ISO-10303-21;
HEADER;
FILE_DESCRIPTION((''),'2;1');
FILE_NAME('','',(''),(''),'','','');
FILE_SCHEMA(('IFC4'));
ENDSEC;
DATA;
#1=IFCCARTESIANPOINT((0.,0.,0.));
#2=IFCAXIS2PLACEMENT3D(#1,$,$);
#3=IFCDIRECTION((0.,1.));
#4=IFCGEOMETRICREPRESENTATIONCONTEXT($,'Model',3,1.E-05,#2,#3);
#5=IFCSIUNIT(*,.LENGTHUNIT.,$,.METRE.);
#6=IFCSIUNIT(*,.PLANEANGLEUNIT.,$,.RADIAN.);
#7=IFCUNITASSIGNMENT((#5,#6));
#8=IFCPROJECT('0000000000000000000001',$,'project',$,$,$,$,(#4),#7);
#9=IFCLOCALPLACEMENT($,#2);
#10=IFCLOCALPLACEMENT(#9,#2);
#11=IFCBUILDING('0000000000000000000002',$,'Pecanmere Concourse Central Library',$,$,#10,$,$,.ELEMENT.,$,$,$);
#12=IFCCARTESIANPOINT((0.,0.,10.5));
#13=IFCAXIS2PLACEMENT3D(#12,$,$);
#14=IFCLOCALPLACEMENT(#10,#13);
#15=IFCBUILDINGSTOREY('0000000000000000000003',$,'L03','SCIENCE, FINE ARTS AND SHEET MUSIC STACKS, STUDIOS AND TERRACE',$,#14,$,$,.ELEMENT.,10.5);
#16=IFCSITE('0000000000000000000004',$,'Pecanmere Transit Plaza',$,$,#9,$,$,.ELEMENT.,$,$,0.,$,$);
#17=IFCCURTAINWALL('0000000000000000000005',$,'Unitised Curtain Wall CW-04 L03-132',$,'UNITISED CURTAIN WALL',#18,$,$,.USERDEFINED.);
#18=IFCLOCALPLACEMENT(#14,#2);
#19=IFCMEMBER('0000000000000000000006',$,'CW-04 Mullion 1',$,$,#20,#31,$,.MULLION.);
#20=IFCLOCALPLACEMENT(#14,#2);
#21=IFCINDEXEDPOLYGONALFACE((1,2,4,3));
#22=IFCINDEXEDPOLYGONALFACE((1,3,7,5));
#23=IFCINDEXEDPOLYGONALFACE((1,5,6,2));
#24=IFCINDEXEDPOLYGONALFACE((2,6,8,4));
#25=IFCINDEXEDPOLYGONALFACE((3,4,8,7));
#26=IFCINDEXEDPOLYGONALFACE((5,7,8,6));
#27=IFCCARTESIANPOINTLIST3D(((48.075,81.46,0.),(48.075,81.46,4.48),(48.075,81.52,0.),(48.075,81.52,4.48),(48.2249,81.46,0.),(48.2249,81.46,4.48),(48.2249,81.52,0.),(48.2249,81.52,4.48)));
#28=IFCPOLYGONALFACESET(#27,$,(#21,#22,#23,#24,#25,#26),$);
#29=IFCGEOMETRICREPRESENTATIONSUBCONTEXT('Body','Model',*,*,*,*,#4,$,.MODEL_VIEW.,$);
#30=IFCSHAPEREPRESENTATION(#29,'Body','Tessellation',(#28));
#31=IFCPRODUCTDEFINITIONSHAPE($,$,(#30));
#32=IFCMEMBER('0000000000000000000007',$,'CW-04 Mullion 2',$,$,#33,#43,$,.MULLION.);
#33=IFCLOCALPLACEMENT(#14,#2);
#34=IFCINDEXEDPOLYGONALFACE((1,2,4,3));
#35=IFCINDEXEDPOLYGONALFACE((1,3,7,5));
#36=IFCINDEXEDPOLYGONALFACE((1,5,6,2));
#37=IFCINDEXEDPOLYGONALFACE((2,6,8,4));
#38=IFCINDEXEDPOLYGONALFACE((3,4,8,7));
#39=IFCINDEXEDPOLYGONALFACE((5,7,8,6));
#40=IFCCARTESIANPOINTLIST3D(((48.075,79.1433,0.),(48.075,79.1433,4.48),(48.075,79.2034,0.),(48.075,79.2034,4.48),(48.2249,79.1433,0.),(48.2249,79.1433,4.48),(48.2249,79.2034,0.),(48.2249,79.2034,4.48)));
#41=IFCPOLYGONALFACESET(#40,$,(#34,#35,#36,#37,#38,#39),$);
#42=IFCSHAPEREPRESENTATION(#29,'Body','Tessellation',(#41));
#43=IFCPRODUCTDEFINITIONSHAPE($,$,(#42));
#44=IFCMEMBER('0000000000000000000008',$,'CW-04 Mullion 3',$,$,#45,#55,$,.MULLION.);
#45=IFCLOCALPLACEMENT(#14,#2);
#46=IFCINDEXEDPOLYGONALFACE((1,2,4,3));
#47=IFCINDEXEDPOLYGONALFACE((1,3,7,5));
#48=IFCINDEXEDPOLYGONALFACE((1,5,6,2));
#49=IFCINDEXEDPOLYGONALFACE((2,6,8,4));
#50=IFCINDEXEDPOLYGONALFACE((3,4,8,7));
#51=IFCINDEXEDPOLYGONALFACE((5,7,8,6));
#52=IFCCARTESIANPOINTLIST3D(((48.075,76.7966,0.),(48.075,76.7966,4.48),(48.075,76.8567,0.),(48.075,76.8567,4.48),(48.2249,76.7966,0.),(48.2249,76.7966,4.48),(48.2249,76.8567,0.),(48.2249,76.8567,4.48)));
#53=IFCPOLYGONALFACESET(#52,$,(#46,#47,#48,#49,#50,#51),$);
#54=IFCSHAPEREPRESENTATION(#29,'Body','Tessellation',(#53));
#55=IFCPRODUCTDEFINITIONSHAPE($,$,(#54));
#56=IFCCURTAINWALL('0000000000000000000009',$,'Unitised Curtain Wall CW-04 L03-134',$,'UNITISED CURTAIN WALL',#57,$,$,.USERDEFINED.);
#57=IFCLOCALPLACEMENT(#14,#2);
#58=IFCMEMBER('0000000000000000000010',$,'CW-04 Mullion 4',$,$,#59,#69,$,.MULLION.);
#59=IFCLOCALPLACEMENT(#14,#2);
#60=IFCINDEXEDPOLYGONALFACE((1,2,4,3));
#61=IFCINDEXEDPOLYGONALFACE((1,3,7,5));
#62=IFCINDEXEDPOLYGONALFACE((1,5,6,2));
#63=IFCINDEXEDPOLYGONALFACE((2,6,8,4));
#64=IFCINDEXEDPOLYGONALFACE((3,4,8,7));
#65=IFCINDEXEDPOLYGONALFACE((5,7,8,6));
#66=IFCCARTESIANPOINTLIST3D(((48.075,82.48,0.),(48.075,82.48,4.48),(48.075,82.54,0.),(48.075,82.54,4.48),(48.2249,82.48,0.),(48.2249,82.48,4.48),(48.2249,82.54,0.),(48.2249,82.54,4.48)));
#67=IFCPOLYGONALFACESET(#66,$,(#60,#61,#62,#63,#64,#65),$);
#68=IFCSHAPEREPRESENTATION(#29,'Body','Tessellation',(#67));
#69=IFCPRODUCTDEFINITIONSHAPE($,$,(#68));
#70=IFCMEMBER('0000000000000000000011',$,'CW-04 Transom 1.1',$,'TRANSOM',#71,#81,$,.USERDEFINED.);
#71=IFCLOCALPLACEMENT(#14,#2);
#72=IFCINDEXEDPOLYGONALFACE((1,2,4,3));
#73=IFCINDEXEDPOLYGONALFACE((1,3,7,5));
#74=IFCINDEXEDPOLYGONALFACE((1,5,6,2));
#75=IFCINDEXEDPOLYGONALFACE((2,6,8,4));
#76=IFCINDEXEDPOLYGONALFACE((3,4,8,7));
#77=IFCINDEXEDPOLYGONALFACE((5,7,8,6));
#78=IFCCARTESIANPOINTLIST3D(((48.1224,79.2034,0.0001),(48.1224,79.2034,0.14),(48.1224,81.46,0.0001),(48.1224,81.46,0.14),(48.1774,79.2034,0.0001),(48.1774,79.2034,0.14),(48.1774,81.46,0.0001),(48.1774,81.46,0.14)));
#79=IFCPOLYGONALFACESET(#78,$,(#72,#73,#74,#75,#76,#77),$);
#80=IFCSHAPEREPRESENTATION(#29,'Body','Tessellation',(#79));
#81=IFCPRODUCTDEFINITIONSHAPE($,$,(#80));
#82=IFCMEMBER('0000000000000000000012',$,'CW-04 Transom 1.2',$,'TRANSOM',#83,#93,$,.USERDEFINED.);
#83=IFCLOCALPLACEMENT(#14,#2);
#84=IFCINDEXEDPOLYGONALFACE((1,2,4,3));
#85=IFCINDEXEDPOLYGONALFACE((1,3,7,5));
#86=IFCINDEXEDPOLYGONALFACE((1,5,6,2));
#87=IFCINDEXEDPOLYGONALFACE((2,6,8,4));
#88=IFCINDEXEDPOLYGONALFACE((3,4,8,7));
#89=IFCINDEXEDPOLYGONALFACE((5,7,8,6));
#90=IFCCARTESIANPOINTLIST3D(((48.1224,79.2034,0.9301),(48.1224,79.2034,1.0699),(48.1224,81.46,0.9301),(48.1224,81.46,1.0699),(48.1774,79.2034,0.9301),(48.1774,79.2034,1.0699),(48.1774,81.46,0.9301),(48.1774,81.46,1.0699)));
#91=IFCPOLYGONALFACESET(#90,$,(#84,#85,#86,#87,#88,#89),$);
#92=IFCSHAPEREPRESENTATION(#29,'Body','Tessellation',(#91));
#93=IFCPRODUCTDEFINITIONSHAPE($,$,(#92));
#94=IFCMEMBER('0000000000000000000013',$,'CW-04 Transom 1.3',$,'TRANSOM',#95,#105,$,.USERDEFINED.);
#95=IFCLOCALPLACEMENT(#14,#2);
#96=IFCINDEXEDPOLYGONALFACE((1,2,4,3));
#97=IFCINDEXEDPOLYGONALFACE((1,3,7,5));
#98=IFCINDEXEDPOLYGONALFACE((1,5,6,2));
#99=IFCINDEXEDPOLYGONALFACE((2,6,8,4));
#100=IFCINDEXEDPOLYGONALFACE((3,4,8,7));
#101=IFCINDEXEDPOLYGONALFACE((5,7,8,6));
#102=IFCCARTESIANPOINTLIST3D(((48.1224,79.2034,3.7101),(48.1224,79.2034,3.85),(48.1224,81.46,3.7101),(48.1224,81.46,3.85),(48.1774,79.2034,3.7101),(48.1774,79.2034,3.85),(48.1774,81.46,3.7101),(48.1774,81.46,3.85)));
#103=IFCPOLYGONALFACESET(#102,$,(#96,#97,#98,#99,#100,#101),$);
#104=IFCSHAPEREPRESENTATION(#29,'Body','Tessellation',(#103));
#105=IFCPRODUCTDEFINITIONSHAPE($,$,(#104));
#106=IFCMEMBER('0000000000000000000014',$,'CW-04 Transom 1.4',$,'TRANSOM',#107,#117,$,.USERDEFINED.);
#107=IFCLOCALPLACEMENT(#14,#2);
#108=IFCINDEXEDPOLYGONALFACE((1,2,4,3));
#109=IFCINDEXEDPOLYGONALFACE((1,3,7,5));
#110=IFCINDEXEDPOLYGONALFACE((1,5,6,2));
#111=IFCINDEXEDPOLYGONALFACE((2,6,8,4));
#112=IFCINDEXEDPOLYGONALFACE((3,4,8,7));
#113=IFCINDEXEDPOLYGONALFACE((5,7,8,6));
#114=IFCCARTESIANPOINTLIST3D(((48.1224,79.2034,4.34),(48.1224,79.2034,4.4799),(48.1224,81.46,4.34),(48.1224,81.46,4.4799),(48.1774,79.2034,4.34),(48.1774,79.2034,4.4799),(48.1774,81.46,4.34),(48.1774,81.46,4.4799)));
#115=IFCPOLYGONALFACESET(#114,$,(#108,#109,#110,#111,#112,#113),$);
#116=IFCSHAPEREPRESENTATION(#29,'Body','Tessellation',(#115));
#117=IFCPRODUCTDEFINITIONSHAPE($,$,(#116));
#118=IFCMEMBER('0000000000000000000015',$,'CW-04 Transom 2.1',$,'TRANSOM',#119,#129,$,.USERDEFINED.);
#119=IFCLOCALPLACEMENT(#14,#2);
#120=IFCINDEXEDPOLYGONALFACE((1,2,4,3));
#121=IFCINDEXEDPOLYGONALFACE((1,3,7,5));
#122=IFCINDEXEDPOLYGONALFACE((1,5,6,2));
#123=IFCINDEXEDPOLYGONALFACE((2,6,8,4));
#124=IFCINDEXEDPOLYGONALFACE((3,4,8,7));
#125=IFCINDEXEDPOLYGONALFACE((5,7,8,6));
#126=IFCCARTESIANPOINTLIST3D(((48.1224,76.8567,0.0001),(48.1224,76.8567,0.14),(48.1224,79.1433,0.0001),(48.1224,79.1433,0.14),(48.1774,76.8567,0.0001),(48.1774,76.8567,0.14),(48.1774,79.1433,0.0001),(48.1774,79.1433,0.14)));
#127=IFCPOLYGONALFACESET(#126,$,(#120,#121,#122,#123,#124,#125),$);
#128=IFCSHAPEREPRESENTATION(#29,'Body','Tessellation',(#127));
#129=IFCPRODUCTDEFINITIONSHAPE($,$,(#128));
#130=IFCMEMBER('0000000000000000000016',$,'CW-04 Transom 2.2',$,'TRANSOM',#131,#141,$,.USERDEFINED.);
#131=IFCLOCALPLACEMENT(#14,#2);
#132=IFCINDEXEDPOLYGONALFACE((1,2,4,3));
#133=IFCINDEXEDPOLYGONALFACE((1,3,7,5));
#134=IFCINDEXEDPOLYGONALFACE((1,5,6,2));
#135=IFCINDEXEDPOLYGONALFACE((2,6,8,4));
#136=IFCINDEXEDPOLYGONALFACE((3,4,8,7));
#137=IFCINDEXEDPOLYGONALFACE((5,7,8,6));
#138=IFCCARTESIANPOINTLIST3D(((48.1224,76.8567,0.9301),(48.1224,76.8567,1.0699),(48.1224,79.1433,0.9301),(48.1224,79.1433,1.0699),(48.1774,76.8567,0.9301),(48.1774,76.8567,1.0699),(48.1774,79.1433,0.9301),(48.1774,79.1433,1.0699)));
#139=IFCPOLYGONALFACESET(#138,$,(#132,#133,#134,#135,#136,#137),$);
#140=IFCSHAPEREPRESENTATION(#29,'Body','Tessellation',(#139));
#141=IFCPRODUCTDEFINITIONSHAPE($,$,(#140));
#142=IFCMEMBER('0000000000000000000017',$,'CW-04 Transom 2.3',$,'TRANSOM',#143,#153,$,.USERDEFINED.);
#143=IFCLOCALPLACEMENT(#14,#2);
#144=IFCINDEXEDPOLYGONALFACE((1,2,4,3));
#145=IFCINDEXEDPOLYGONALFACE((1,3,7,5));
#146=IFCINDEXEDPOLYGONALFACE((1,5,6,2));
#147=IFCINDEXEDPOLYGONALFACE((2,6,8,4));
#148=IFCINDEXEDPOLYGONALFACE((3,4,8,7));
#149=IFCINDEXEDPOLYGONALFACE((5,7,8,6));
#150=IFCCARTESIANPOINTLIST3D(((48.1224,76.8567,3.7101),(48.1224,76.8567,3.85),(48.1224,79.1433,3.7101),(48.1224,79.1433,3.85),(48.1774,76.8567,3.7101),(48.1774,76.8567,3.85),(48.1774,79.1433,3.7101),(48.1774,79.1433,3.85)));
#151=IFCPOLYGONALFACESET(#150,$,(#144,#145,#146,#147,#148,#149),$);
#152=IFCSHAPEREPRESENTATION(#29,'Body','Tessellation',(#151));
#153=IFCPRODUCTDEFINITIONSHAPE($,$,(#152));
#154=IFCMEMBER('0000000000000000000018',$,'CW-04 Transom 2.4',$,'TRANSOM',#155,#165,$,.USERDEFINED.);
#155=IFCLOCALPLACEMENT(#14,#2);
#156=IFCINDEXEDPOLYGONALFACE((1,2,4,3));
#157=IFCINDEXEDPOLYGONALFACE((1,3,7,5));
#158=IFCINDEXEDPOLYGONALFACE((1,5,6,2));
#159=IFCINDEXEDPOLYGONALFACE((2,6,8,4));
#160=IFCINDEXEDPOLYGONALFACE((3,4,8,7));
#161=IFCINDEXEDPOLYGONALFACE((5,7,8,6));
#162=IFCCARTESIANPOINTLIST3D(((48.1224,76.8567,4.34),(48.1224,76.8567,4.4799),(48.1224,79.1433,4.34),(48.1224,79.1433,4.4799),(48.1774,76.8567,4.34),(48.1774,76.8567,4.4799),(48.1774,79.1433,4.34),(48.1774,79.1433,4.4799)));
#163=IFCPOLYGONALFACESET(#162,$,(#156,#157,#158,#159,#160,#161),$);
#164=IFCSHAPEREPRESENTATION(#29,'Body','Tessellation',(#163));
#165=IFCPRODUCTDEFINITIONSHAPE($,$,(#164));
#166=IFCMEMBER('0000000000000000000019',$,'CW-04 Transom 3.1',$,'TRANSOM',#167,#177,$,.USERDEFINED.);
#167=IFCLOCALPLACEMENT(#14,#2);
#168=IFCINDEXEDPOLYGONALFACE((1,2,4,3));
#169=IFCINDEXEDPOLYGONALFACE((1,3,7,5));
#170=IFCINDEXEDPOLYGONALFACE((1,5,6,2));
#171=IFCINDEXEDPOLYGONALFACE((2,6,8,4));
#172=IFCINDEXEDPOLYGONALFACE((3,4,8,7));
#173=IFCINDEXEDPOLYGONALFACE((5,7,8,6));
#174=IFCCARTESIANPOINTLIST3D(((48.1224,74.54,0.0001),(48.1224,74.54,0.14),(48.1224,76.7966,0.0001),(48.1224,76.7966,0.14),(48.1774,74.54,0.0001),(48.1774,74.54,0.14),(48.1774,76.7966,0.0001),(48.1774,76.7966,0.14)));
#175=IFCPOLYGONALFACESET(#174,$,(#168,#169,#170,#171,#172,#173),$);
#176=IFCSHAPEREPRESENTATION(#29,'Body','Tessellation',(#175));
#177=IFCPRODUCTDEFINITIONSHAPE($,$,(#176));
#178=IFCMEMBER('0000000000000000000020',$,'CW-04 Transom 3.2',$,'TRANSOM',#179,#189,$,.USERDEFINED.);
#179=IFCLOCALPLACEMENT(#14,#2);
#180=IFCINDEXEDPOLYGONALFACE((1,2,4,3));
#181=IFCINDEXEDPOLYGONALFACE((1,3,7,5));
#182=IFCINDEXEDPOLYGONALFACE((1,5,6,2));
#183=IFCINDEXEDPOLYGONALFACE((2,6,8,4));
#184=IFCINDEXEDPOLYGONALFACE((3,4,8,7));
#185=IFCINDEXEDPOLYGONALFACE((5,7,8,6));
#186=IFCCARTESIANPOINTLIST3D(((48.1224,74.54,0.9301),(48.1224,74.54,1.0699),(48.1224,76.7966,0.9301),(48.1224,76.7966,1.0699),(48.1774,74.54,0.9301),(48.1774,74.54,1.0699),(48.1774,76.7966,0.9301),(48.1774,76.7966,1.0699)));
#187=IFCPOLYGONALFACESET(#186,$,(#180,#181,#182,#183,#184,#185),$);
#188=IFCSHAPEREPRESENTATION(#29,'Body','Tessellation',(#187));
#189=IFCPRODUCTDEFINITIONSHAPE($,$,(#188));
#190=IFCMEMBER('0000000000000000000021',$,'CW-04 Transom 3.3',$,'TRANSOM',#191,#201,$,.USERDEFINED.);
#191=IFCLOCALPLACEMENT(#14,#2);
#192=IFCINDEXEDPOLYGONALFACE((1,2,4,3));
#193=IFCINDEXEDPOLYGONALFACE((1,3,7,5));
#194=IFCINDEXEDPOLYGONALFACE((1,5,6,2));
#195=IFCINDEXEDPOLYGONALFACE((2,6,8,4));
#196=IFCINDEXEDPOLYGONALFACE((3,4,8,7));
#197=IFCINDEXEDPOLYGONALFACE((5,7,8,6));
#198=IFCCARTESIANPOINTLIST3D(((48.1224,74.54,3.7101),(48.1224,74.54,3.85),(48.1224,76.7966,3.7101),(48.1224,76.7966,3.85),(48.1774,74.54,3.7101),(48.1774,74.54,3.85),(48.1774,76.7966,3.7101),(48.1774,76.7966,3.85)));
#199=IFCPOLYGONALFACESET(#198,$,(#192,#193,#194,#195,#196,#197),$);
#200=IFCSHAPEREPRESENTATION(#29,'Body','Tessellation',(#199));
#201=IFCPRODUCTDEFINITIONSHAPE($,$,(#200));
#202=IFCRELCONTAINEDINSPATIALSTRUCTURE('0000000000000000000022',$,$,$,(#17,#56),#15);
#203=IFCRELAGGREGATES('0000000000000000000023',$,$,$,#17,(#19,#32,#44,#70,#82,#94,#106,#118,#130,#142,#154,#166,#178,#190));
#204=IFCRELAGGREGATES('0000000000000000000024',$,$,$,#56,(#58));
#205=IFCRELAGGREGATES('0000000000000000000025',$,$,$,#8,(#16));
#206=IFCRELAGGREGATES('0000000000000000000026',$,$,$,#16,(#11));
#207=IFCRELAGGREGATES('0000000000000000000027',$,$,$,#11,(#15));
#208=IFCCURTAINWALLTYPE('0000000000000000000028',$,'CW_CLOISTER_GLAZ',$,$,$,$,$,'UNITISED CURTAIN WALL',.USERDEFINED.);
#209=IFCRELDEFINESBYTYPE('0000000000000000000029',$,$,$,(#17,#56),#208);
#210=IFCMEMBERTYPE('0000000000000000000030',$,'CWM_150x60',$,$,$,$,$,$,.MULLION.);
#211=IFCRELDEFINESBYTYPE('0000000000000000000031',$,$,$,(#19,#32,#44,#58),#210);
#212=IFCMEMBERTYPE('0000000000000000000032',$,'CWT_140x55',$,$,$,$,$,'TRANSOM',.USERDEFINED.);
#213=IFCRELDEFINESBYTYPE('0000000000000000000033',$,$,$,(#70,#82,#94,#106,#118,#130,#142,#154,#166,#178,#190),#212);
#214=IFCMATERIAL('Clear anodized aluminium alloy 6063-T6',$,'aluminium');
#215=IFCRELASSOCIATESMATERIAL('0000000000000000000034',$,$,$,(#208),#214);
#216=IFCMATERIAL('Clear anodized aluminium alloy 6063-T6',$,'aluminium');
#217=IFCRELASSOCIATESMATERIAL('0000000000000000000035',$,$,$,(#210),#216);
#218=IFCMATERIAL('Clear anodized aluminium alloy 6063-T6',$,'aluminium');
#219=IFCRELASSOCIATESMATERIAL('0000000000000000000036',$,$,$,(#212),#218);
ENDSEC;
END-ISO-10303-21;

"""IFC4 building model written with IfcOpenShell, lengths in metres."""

from ifc_helpers import new_model, si_unit, direction, frame, origin, origin_2d, place, context, subcontext, project, spatial, rectangle, extrude, material, material_profile, profile_set, type_object, element, aggregate, save


model = new_model("IFC4")

# Units and contexts
model_context = context("Model", 3, precision=1e-05, world=origin(), true_north=direction((0.0, 1.0)))
body_context = subcontext(model_context, "Body", "Model", "MODEL_VIEW")
ifc_project = project(units=[si_unit("LENGTHUNIT", "METRE"), si_unit("PLANEANGLEUNIT", "RADIAN")], contexts=[model_context])

# Site, building, storey
site_placement = place(None, origin())
site = spatial("IfcSite", under=ifc_project, at=site_placement, Name="Pecanmere Transit Plaza", CompositionType="ELEMENT", RefElevation=0.0)
building_placement = place(site_placement, origin())
building = spatial("IfcBuilding", under=site, at=building_placement, Name="Pecanmere Concourse Central Library", CompositionType="ELEMENT")
storey_placement = place(building_placement, frame((0.0, 0.0, 10.5)))
storey = spatial("IfcBuildingStorey", under=building, at=storey_placement, Name="L03", Description="SCIENCE, FINE ARTS AND SHEET MUSIC STACKS, STUDIOS AND TERRACE", CompositionType="ELEMENT", Elevation=10.5)

# Curtain wall, members
ifc_material_1 = material(Name="Clear anodized aluminium alloy 6063-T6", Category="aluminium")
curtain_wall_type = type_object("IfcCurtainWallType", Name="CW_CLOISTER_GLAZ", ElementType="UNITISED CURTAIN WALL", PredefinedType="USERDEFINED", material=ifc_material_1)
curtain_wall_1_placement = place(storey_placement, origin())
curtain_wall_1 = element("IfcCurtainWall", 1, at=curtain_wall_1_placement, inside=storey, type_object=curtain_wall_type, Name="Unitised Curtain Wall CW-04 L03-132", ObjectType="UNITISED CURTAIN WALL", PredefinedType="USERDEFINED")
ifc_material_2 = material(Name="Clear anodized aluminium alloy 6063-T6", Category="aluminium")
ifc_material_profile_1 = material_profile(ifc_material_2, rectangle(XDim=0.0601, YDim=0.1499, at=origin_2d()), Name="AL 60x150")
ifc_profile_set_1 = profile_set([ifc_material_profile_1], Name="Clear anodized aluminium alloy 6063-T6")
member_type_1 = type_object("IfcMemberType", Name="CWM_150x60", PredefinedType="MULLION", material=ifc_profile_set_1)
member_1_placement = place(storey_placement, frame((48.1499, 81.49, 0.0), z_axis=(0.0, 0.0, 1.0), x_axis=(0.0, -1.0, 0.0)))
member_1 = element("IfcMember", 2, at=member_1_placement, type_object=member_type_1, Name="CW-04 Mullion 1", PredefinedType="MULLION", context=body_context, shape_type="SweptSolid", body=[
    extrude(rectangle(XDim=0.0601, YDim=0.1499, at=origin_2d()), origin(), (0.0, 0.0, 1.0), 4.48),
])
member_2_placement = place(storey_placement, frame((48.1499, 79.1733, 0.0), z_axis=(0.0, 0.0, 1.0), x_axis=(0.0, -1.0, 0.0)))
member_2 = element("IfcMember", 3, at=member_2_placement, type_object=member_type_1, Name="CW-04 Mullion 2", PredefinedType="MULLION", context=body_context, shape_type="SweptSolid", body=[
    extrude(rectangle(XDim=0.0601, YDim=0.1499, at=origin_2d()), origin(), (0.0, 0.0, 1.0), 4.48),
])
member_3_placement = place(storey_placement, frame((48.1499, 76.8267, 0.0), z_axis=(0.0, 0.0, 1.0), x_axis=(0.0, -1.0, 0.0)))
member_3 = element("IfcMember", 4, at=member_3_placement, type_object=member_type_1, Name="CW-04 Mullion 3", PredefinedType="MULLION", context=body_context, shape_type="SweptSolid", body=[
    extrude(rectangle(XDim=0.0601, YDim=0.1499, at=origin_2d()), origin(), (0.0, 0.0, 1.0), 4.48),
])

# Curtain wall, member
curtain_wall_2_placement = place(storey_placement, origin())
curtain_wall_2 = element("IfcCurtainWall", 5, at=curtain_wall_2_placement, inside=storey, type_object=curtain_wall_type, Name="Unitised Curtain Wall CW-04 L03-134", ObjectType="UNITISED CURTAIN WALL", PredefinedType="USERDEFINED")
member_4_placement = place(storey_placement, frame((48.1499, 82.51, 0.0), z_axis=(0.0, 0.0, 1.0), x_axis=(0.0, -1.0, 0.0)))
member_4 = element("IfcMember", 6, at=member_4_placement, type_object=member_type_1, Name="CW-04 Mullion 4", PredefinedType="MULLION", context=body_context, shape_type="SweptSolid", body=[
    extrude(rectangle(XDim=0.0601, YDim=0.1499, at=origin_2d()), origin(), (0.0, 0.0, 1.0), 4.48),
])

# Members
ifc_material_3 = material(Name="Clear anodized aluminium alloy 6063-T6", Category="aluminium")
ifc_material_profile_2 = material_profile(ifc_material_3, rectangle(XDim=0.0549, YDim=0.1399, at=origin_2d()), Name="AL 55x140")
ifc_profile_set_2 = profile_set([ifc_material_profile_2], Name="Clear anodized aluminium alloy 6063-T6")
member_type_2 = type_object("IfcMemberType", Name="CWT_140x55", ElementType="TRANSOM", PredefinedType="USERDEFINED", material=ifc_profile_set_2)
member_5_placement = place(storey_placement, frame((48.1499, 81.46, 0.0701), z_axis=(0.0, -1.0, 0.0), x_axis=(1.0, 0.0, 0.0)))
member_5 = element("IfcMember", 7, at=member_5_placement, type_object=member_type_2, Name="CW-04 Transom 1.1", ObjectType="TRANSOM", PredefinedType="USERDEFINED", context=body_context, shape_type="SweptSolid", body=[
    extrude(rectangle(XDim=0.0549, YDim=0.1399, at=origin_2d()), origin(), (0.0, 0.0, 1.0), 2.2566),
])
member_6_placement = place(storey_placement, frame((48.1499, 81.46, 1.0), z_axis=(0.0, -1.0, 0.0), x_axis=(1.0, 0.0, 0.0)))
member_6 = element("IfcMember", 8, at=member_6_placement, type_object=member_type_2, Name="CW-04 Transom 1.2", ObjectType="TRANSOM", PredefinedType="USERDEFINED", context=body_context, shape_type="SweptSolid", body=[
    extrude(rectangle(XDim=0.0549, YDim=0.1399, at=origin_2d()), origin(), (0.0, 0.0, 1.0), 2.2566),
])
member_7_placement = place(storey_placement, frame((48.1499, 81.46, 3.78), z_axis=(0.0, -1.0, 0.0), x_axis=(1.0, 0.0, 0.0)))
member_7 = element("IfcMember", 9, at=member_7_placement, type_object=member_type_2, Name="CW-04 Transom 1.3", ObjectType="TRANSOM", PredefinedType="USERDEFINED", context=body_context, shape_type="SweptSolid", body=[
    extrude(rectangle(XDim=0.0549, YDim=0.1399, at=origin_2d()), origin(), (0.0, 0.0, 1.0), 2.2566),
])
member_8_placement = place(storey_placement, frame((48.1499, 81.46, 4.4099), z_axis=(0.0, -1.0, 0.0), x_axis=(1.0, 0.0, 0.0)))
member_8 = element("IfcMember", 10, at=member_8_placement, type_object=member_type_2, Name="CW-04 Transom 1.4", ObjectType="TRANSOM", PredefinedType="USERDEFINED", context=body_context, shape_type="SweptSolid", body=[
    extrude(rectangle(XDim=0.0549, YDim=0.1399, at=origin_2d()), origin(), (0.0, 0.0, 1.0), 2.2566),
])
member_9_placement = place(storey_placement, frame((48.1499, 79.1433, 0.0701), z_axis=(0.0, -1.0, 0.0), x_axis=(1.0, 0.0, 0.0)))
member_9 = element("IfcMember", 11, at=member_9_placement, type_object=member_type_2, Name="CW-04 Transom 2.1", ObjectType="TRANSOM", PredefinedType="USERDEFINED", context=body_context, shape_type="SweptSolid", body=[
    extrude(rectangle(XDim=0.0549, YDim=0.1399, at=origin_2d()), origin(), (0.0, 0.0, 1.0), 2.2866),
])
member_10_placement = place(storey_placement, frame((48.1499, 79.1433, 1.0), z_axis=(0.0, -1.0, 0.0), x_axis=(1.0, 0.0, 0.0)))
member_10 = element("IfcMember", 12, at=member_10_placement, type_object=member_type_2, Name="CW-04 Transom 2.2", ObjectType="TRANSOM", PredefinedType="USERDEFINED", context=body_context, shape_type="SweptSolid", body=[
    extrude(rectangle(XDim=0.0549, YDim=0.1399, at=origin_2d()), origin(), (0.0, 0.0, 1.0), 2.2866),
])
member_11_placement = place(storey_placement, frame((48.1499, 79.1433, 3.78), z_axis=(0.0, -1.0, 0.0), x_axis=(1.0, 0.0, 0.0)))
member_11 = element("IfcMember", 13, at=member_11_placement, type_object=member_type_2, Name="CW-04 Transom 2.3", ObjectType="TRANSOM", PredefinedType="USERDEFINED", context=body_context, shape_type="SweptSolid", body=[
    extrude(rectangle(XDim=0.0549, YDim=0.1399, at=origin_2d()), origin(), (0.0, 0.0, 1.0), 2.2866),
])
member_12_placement = place(storey_placement, frame((48.1499, 79.1433, 4.4099), z_axis=(0.0, -1.0, 0.0), x_axis=(1.0, 0.0, 0.0)))
member_12 = element("IfcMember", 14, at=member_12_placement, type_object=member_type_2, Name="CW-04 Transom 2.4", ObjectType="TRANSOM", PredefinedType="USERDEFINED", context=body_context, shape_type="SweptSolid", body=[
    extrude(rectangle(XDim=0.0549, YDim=0.1399, at=origin_2d()), origin(), (0.0, 0.0, 1.0), 2.2866),
])
member_13_placement = place(storey_placement, frame((48.1499, 76.7966, 0.0701), z_axis=(0.0, -1.0, 0.0), x_axis=(1.0, 0.0, 0.0)))
member_13 = element("IfcMember", 15, at=member_13_placement, type_object=member_type_2, Name="CW-04 Transom 3.1", ObjectType="TRANSOM", PredefinedType="USERDEFINED", context=body_context, shape_type="SweptSolid", body=[
    extrude(rectangle(XDim=0.0549, YDim=0.1399, at=origin_2d()), origin(), (0.0, 0.0, 1.0), 2.2566),
])
member_14_placement = place(storey_placement, frame((48.1499, 76.7966, 1.0), z_axis=(0.0, -1.0, 0.0), x_axis=(1.0, 0.0, 0.0)))
member_14 = element("IfcMember", 16, at=member_14_placement, type_object=member_type_2, Name="CW-04 Transom 3.2", ObjectType="TRANSOM", PredefinedType="USERDEFINED", context=body_context, shape_type="SweptSolid", body=[
    extrude(rectangle(XDim=0.0549, YDim=0.1399, at=origin_2d()), origin(), (0.0, 0.0, 1.0), 2.2566),
])
member_15_placement = place(storey_placement, frame((48.1499, 76.7966, 3.78), z_axis=(0.0, -1.0, 0.0), x_axis=(1.0, 0.0, 0.0)))
member_15 = element("IfcMember", 17, at=member_15_placement, type_object=member_type_2, Name="CW-04 Transom 3.3", ObjectType="TRANSOM", PredefinedType="USERDEFINED", context=body_context, shape_type="SweptSolid", body=[
    extrude(rectangle(XDim=0.0549, YDim=0.1399, at=origin_2d()), origin(), (0.0, 0.0, 1.0), 2.2566),
])

aggregate(curtain_wall_1, [member_1, member_2, member_3, member_5, member_6, member_7, member_8, member_9, member_10, member_11, member_12, member_13, member_14, member_15])
aggregate(curtain_wall_2, [member_4])

save(model, "model.ifc")
